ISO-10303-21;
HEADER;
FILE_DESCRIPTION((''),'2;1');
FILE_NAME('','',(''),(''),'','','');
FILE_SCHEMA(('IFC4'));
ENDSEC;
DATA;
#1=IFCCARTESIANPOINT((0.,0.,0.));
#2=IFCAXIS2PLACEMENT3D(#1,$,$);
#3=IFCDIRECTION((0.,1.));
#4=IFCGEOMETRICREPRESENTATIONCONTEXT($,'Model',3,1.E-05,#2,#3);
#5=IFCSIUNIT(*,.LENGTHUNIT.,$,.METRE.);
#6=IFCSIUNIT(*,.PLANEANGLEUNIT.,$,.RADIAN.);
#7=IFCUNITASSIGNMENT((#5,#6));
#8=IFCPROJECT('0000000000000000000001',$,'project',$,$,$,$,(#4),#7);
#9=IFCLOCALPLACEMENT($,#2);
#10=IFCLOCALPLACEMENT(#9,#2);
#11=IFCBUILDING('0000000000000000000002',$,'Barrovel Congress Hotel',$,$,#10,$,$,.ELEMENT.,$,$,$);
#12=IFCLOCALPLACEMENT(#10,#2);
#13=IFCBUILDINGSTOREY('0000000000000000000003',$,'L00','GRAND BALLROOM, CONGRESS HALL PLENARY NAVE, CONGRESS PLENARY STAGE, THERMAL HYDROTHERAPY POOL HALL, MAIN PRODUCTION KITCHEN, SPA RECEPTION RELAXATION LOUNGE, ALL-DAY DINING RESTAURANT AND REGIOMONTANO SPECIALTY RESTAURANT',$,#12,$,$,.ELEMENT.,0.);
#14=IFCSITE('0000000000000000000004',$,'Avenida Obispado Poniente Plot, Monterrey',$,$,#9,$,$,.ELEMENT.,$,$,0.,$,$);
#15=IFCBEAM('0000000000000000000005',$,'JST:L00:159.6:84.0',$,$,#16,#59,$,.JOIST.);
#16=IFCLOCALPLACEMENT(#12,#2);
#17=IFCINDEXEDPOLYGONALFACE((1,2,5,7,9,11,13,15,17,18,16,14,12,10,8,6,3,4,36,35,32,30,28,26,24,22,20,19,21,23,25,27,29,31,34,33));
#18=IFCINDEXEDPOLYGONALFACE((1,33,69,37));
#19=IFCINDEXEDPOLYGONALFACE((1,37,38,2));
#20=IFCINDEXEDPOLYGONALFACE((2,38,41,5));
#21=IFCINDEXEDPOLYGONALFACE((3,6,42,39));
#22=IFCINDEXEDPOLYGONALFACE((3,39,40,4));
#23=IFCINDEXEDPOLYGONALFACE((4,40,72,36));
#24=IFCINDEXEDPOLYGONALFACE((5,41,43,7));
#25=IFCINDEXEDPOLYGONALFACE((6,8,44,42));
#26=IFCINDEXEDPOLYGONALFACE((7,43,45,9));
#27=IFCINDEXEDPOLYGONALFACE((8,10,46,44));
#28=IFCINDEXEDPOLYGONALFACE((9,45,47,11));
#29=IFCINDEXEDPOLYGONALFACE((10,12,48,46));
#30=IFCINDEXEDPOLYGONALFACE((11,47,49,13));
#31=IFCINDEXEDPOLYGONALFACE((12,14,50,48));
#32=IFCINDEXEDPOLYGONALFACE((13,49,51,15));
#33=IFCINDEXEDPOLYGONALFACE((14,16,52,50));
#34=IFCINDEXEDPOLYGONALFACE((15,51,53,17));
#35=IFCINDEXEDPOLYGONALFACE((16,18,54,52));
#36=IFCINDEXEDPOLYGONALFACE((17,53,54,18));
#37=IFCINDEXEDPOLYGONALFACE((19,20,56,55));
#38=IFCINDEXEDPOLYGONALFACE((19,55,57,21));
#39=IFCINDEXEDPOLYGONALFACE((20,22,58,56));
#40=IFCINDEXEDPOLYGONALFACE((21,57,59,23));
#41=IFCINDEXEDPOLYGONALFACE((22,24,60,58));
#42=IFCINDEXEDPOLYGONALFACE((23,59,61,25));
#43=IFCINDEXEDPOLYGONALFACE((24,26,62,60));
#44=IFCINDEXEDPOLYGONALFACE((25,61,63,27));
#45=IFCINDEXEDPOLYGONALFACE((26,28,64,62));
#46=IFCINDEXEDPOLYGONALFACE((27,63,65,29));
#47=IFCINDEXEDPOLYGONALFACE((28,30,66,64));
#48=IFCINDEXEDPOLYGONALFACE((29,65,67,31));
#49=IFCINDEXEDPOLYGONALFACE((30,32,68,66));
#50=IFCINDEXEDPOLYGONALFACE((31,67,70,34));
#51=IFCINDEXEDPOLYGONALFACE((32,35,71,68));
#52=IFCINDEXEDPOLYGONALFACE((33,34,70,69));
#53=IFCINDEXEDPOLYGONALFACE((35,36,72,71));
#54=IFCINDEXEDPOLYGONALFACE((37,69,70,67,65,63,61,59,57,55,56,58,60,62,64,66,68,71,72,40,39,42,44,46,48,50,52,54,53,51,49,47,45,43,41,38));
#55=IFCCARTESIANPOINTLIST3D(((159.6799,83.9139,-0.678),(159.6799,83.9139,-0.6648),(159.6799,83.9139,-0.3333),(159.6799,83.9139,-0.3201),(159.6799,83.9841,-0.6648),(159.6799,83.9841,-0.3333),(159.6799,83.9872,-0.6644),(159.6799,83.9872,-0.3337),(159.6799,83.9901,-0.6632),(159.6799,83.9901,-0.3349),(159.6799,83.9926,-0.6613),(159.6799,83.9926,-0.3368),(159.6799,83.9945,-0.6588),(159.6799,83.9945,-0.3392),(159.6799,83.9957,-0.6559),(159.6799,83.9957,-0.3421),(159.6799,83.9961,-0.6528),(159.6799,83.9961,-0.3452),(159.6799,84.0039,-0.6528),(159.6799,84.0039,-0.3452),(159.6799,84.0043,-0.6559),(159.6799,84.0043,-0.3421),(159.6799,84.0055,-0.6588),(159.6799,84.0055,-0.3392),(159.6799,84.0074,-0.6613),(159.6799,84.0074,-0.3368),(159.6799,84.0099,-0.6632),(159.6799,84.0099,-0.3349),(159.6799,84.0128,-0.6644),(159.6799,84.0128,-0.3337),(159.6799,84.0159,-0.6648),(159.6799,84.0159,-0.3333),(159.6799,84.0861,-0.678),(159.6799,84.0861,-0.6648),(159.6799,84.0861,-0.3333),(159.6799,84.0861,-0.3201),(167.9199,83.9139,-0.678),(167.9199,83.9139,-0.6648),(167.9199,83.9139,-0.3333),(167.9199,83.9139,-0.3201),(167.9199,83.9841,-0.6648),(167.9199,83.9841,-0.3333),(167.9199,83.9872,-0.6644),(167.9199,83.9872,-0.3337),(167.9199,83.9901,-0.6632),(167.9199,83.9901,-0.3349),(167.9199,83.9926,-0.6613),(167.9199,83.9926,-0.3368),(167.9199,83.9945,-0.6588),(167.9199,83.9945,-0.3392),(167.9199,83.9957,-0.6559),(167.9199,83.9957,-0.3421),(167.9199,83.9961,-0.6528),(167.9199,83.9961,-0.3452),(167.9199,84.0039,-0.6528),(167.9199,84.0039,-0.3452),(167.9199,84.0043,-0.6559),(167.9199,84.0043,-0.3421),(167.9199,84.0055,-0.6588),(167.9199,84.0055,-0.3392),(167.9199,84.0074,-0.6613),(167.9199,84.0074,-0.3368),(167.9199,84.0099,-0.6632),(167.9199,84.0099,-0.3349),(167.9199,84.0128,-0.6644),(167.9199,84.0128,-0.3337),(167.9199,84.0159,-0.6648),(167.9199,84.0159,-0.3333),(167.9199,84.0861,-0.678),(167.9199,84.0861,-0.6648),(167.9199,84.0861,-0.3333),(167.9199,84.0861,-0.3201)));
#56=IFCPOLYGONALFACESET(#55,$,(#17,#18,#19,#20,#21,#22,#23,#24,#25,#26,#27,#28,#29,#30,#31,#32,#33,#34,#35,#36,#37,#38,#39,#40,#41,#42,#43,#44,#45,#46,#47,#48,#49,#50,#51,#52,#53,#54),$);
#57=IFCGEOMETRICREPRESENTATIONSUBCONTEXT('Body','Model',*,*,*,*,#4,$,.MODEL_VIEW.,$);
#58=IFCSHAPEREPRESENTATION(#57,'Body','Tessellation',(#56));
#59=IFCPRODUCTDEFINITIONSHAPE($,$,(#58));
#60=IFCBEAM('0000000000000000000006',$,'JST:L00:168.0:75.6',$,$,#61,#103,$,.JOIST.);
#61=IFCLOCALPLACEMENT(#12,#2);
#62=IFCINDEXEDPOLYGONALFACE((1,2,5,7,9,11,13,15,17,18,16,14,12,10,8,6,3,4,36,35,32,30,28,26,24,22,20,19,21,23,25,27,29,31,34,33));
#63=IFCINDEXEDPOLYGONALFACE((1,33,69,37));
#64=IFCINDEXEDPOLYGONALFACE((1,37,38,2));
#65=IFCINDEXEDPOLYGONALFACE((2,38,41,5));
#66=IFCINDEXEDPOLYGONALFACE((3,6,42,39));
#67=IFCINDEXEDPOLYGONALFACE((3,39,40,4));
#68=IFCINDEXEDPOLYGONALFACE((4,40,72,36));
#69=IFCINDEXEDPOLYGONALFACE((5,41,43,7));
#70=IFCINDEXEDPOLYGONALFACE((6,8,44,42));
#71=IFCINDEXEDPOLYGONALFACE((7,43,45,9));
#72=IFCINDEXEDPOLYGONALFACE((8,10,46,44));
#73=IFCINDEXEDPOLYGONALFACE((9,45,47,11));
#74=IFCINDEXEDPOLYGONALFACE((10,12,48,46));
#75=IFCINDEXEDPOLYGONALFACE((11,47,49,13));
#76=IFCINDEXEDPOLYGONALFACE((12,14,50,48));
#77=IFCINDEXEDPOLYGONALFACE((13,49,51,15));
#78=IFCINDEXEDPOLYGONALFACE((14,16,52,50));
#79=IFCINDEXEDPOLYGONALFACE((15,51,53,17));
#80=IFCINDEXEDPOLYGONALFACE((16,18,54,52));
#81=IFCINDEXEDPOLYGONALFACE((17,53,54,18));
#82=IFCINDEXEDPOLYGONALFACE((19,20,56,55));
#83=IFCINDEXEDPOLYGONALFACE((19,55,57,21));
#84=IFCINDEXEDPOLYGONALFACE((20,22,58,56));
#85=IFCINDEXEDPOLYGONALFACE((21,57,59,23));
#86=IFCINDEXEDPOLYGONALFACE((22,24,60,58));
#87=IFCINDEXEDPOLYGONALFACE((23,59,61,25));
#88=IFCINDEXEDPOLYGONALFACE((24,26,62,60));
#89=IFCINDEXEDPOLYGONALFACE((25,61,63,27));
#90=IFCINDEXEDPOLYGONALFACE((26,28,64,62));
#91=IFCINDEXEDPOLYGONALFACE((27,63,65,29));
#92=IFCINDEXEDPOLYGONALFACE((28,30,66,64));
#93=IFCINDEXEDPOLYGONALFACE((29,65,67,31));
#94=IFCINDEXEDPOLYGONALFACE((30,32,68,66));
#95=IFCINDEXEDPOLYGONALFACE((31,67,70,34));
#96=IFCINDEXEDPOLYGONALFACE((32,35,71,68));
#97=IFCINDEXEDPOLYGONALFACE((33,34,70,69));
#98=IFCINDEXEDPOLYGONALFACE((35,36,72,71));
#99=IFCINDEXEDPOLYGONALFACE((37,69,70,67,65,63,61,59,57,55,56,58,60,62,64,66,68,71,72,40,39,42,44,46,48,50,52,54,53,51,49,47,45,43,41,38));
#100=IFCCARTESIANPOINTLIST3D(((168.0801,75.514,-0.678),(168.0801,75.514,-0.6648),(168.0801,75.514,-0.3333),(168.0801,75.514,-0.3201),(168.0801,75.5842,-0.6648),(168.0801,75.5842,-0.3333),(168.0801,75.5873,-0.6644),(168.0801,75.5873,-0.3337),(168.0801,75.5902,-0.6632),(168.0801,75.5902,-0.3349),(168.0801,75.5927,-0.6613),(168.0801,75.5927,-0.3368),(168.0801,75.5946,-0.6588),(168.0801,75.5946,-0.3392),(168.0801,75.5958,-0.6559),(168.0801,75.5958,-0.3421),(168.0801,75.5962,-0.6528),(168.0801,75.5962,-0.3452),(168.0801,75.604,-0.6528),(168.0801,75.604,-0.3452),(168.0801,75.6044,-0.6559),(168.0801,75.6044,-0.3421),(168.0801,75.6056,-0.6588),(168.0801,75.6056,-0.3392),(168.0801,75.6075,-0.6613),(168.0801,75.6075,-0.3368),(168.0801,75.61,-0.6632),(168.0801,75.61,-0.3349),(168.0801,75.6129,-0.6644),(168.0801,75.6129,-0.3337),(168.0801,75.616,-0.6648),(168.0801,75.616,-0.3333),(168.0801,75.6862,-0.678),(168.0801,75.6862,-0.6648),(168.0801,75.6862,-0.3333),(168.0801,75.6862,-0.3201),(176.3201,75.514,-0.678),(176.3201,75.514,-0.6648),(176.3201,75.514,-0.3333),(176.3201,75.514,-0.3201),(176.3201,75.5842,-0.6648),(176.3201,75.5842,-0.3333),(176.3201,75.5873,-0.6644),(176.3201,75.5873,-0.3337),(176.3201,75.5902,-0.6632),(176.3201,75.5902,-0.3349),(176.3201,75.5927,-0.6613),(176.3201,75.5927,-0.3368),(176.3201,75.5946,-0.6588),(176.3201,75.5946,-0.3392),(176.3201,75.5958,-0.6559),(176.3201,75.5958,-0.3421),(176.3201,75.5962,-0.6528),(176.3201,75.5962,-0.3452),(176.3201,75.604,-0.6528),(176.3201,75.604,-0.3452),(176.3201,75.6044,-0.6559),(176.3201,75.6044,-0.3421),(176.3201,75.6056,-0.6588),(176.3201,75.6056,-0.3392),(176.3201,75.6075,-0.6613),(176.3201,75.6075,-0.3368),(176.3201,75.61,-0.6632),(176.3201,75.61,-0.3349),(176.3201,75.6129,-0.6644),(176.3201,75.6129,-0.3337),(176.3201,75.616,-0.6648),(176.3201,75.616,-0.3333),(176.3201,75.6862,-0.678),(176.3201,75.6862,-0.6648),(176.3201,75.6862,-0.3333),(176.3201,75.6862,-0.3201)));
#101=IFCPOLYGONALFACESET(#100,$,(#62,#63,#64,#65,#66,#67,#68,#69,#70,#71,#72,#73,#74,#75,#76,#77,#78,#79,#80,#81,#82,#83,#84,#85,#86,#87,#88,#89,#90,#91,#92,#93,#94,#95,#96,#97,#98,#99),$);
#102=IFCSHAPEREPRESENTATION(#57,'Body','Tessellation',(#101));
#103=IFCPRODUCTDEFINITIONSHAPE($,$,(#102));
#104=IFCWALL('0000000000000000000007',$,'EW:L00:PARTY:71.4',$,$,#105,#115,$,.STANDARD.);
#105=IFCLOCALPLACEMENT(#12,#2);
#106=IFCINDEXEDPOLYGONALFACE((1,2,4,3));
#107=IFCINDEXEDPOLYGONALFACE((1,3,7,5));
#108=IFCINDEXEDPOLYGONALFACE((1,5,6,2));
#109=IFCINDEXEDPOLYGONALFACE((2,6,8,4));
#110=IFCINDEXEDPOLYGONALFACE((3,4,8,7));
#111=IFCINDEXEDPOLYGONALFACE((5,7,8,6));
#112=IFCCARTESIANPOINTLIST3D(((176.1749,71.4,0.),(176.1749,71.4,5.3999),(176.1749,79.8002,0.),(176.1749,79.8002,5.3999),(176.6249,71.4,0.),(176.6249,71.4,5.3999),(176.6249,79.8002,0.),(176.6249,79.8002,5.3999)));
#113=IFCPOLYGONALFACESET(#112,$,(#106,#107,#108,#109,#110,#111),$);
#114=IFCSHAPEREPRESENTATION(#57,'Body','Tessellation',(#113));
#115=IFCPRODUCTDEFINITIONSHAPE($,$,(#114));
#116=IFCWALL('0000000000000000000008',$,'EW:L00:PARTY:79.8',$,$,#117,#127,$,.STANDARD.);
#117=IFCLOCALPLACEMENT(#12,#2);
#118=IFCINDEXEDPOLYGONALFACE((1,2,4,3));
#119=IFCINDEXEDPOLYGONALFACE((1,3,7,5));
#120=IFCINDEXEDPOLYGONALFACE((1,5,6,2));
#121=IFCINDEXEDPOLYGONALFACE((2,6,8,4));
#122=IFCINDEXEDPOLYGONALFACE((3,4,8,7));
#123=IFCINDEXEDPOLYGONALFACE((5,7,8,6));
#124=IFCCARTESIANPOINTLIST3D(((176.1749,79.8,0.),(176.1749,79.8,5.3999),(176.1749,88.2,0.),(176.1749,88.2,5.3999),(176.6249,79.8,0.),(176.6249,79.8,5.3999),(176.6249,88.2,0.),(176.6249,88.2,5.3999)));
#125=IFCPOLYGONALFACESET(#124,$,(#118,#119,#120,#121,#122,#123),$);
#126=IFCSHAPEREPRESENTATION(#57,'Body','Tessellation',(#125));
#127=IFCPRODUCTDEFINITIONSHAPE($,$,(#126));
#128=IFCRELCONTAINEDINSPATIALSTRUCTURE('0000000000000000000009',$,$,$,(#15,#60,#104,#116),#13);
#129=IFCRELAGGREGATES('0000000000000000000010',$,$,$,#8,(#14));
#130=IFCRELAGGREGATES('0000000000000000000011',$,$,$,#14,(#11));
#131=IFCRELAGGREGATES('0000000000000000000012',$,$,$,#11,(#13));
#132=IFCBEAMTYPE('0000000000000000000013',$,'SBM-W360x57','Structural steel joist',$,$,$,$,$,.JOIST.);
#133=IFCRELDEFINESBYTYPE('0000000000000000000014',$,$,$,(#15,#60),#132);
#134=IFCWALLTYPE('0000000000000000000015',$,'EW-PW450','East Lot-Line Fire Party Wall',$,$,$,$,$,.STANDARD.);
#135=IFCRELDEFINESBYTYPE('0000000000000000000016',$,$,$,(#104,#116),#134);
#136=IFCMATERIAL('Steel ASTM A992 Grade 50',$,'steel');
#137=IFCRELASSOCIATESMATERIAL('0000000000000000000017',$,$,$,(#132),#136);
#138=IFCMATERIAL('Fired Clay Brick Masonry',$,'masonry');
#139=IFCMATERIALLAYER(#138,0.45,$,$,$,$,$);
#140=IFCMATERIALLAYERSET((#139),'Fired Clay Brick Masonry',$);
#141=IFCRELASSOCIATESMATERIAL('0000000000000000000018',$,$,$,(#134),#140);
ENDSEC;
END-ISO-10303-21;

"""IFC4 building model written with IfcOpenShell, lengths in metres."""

from ifc_helpers import new_model, si_unit, direction, frame, frame_2d, origin, origin_2d, place, context, subcontext, project, spatial, rectangle, i_section, extrude, material, layer, layer_set, material_profile, profile_set, type_object, element, save


model = new_model("IFC4")

# Units and contexts
model_context = context("Model", 3, precision=1e-05, world=origin(), true_north=direction((0.0, 1.0)))
body_context = subcontext(model_context, "Body", "Model", "MODEL_VIEW")
ifc_project = project(units=[si_unit("LENGTHUNIT", "METRE"), si_unit("PLANEANGLEUNIT", "RADIAN")], contexts=[model_context])

# Site, building, storey
site_placement = place(None, origin())
site = spatial("IfcSite", under=ifc_project, at=site_placement, Name="Avenida Obispado Poniente Plot, Monterrey", CompositionType="ELEMENT", RefElevation=0.0)
building_placement = place(site_placement, origin())
building = spatial("IfcBuilding", under=site, at=building_placement, Name="Barrovel Congress Hotel", CompositionType="ELEMENT")
storey_placement = place(building_placement, origin())
storey = spatial("IfcBuildingStorey", under=building, at=storey_placement, Name="L00", Description="GRAND BALLROOM, CONGRESS HALL PLENARY NAVE, CONGRESS PLENARY STAGE, THERMAL HYDROTHERAPY POOL HALL, MAIN PRODUCTION KITCHEN, SPA RECEPTION RELAXATION LOUNGE, ALL-DAY DINING RESTAURANT AND REGIOMONTANO SPECIALTY RESTAURANT", CompositionType="ELEMENT", Elevation=0.0)

# Beams
ifc_material_1 = material(Name="Steel ASTM A992 Grade 50", Category="steel")
ifc_material_profile_1 = material_profile(ifc_material_1, i_section(OverallWidth=0.1721, OverallDepth=0.3579, WebThickness=0.0078, FlangeThickness=0.0132, FilletRadius=0.012, at=origin_2d()), Name="W360x57")
ifc_profile_set_1 = profile_set([ifc_material_profile_1], Name="Steel ASTM A992 Grade 50")
beam_type_1 = type_object("IfcBeamType", Name="SBM-W360x57", Description="Structural steel joist", PredefinedType="JOIST", material=ifc_profile_set_1)
for number, where, z_axis, x_axis, name in (
    (1, (159.6799, 84.0, -0.499), (1.0, 0.0, 0.0), (0.0, 1.0, 0.0), "JST:L00:159.6:84.0"),
    (2, (168.0801, 75.6001, -0.499), (1.0, 0.0, 0.0), (0.0, 1.0, 0.0), "JST:L00:168.0:75.6"),
):
    element("IfcBeam", number, at=place(storey_placement, frame(where, z_axis=z_axis, x_axis=x_axis)), inside=storey, type_object=beam_type_1, Name=name, PredefinedType="JOIST", context=body_context, shape_type="SweptSolid", body=[
        extrude(i_section(OverallWidth=0.1721, OverallDepth=0.3579, WebThickness=0.0078, FlangeThickness=0.0132, FilletRadius=0.012, at=origin_2d()), origin(), (0.0, 0.0, 1.0), 8.24),
    ])

# Walls
ifc_material_2 = material(Name="Fired Clay Brick Masonry", Category="masonry")
ifc_layer = layer(ifc_material_2, 0.45)
ifc_layer_set = layer_set([ifc_layer], Name="Fired Clay Brick Masonry")
wall_type = type_object("IfcWallType", Name="EW-PW450", Description="East Lot-Line Fire Party Wall", PredefinedType="STANDARD", material=ifc_layer_set)
wall_1_placement = place(storey_placement, frame((176.3999, 71.3999, 0.0), z_axis=(0.0, 0.0, 1.0), x_axis=(0.0, 1.0, 0.0)))
element("IfcWall", 3, at=wall_1_placement, inside=storey, type_object=wall_type, Name="EW:L00:PARTY:71.4", PredefinedType="STANDARD", context=body_context, shape_type="SweptSolid", body=[
    extrude(rectangle(XDim=8.4001, YDim=0.45, at=frame_2d((4.2002, 0.0))), origin(), (0.0, 0.0, 1.0), 5.3999),
])
wall_2_placement = place(storey_placement, frame((176.3999, 79.8, 0.0), z_axis=(0.0, 0.0, 1.0), x_axis=(0.0, 1.0, 0.0)))
element("IfcWall", 4, at=wall_2_placement, inside=storey, type_object=wall_type, Name="EW:L00:PARTY:79.8", PredefinedType="STANDARD", context=body_context, shape_type="SweptSolid", body=[
    extrude(rectangle(XDim=8.3999, YDim=0.45, at=frame_2d((4.2, 0.0))), origin(), (0.0, 0.0, 1.0), 5.3999),
])

save(model, "model.ifc")
